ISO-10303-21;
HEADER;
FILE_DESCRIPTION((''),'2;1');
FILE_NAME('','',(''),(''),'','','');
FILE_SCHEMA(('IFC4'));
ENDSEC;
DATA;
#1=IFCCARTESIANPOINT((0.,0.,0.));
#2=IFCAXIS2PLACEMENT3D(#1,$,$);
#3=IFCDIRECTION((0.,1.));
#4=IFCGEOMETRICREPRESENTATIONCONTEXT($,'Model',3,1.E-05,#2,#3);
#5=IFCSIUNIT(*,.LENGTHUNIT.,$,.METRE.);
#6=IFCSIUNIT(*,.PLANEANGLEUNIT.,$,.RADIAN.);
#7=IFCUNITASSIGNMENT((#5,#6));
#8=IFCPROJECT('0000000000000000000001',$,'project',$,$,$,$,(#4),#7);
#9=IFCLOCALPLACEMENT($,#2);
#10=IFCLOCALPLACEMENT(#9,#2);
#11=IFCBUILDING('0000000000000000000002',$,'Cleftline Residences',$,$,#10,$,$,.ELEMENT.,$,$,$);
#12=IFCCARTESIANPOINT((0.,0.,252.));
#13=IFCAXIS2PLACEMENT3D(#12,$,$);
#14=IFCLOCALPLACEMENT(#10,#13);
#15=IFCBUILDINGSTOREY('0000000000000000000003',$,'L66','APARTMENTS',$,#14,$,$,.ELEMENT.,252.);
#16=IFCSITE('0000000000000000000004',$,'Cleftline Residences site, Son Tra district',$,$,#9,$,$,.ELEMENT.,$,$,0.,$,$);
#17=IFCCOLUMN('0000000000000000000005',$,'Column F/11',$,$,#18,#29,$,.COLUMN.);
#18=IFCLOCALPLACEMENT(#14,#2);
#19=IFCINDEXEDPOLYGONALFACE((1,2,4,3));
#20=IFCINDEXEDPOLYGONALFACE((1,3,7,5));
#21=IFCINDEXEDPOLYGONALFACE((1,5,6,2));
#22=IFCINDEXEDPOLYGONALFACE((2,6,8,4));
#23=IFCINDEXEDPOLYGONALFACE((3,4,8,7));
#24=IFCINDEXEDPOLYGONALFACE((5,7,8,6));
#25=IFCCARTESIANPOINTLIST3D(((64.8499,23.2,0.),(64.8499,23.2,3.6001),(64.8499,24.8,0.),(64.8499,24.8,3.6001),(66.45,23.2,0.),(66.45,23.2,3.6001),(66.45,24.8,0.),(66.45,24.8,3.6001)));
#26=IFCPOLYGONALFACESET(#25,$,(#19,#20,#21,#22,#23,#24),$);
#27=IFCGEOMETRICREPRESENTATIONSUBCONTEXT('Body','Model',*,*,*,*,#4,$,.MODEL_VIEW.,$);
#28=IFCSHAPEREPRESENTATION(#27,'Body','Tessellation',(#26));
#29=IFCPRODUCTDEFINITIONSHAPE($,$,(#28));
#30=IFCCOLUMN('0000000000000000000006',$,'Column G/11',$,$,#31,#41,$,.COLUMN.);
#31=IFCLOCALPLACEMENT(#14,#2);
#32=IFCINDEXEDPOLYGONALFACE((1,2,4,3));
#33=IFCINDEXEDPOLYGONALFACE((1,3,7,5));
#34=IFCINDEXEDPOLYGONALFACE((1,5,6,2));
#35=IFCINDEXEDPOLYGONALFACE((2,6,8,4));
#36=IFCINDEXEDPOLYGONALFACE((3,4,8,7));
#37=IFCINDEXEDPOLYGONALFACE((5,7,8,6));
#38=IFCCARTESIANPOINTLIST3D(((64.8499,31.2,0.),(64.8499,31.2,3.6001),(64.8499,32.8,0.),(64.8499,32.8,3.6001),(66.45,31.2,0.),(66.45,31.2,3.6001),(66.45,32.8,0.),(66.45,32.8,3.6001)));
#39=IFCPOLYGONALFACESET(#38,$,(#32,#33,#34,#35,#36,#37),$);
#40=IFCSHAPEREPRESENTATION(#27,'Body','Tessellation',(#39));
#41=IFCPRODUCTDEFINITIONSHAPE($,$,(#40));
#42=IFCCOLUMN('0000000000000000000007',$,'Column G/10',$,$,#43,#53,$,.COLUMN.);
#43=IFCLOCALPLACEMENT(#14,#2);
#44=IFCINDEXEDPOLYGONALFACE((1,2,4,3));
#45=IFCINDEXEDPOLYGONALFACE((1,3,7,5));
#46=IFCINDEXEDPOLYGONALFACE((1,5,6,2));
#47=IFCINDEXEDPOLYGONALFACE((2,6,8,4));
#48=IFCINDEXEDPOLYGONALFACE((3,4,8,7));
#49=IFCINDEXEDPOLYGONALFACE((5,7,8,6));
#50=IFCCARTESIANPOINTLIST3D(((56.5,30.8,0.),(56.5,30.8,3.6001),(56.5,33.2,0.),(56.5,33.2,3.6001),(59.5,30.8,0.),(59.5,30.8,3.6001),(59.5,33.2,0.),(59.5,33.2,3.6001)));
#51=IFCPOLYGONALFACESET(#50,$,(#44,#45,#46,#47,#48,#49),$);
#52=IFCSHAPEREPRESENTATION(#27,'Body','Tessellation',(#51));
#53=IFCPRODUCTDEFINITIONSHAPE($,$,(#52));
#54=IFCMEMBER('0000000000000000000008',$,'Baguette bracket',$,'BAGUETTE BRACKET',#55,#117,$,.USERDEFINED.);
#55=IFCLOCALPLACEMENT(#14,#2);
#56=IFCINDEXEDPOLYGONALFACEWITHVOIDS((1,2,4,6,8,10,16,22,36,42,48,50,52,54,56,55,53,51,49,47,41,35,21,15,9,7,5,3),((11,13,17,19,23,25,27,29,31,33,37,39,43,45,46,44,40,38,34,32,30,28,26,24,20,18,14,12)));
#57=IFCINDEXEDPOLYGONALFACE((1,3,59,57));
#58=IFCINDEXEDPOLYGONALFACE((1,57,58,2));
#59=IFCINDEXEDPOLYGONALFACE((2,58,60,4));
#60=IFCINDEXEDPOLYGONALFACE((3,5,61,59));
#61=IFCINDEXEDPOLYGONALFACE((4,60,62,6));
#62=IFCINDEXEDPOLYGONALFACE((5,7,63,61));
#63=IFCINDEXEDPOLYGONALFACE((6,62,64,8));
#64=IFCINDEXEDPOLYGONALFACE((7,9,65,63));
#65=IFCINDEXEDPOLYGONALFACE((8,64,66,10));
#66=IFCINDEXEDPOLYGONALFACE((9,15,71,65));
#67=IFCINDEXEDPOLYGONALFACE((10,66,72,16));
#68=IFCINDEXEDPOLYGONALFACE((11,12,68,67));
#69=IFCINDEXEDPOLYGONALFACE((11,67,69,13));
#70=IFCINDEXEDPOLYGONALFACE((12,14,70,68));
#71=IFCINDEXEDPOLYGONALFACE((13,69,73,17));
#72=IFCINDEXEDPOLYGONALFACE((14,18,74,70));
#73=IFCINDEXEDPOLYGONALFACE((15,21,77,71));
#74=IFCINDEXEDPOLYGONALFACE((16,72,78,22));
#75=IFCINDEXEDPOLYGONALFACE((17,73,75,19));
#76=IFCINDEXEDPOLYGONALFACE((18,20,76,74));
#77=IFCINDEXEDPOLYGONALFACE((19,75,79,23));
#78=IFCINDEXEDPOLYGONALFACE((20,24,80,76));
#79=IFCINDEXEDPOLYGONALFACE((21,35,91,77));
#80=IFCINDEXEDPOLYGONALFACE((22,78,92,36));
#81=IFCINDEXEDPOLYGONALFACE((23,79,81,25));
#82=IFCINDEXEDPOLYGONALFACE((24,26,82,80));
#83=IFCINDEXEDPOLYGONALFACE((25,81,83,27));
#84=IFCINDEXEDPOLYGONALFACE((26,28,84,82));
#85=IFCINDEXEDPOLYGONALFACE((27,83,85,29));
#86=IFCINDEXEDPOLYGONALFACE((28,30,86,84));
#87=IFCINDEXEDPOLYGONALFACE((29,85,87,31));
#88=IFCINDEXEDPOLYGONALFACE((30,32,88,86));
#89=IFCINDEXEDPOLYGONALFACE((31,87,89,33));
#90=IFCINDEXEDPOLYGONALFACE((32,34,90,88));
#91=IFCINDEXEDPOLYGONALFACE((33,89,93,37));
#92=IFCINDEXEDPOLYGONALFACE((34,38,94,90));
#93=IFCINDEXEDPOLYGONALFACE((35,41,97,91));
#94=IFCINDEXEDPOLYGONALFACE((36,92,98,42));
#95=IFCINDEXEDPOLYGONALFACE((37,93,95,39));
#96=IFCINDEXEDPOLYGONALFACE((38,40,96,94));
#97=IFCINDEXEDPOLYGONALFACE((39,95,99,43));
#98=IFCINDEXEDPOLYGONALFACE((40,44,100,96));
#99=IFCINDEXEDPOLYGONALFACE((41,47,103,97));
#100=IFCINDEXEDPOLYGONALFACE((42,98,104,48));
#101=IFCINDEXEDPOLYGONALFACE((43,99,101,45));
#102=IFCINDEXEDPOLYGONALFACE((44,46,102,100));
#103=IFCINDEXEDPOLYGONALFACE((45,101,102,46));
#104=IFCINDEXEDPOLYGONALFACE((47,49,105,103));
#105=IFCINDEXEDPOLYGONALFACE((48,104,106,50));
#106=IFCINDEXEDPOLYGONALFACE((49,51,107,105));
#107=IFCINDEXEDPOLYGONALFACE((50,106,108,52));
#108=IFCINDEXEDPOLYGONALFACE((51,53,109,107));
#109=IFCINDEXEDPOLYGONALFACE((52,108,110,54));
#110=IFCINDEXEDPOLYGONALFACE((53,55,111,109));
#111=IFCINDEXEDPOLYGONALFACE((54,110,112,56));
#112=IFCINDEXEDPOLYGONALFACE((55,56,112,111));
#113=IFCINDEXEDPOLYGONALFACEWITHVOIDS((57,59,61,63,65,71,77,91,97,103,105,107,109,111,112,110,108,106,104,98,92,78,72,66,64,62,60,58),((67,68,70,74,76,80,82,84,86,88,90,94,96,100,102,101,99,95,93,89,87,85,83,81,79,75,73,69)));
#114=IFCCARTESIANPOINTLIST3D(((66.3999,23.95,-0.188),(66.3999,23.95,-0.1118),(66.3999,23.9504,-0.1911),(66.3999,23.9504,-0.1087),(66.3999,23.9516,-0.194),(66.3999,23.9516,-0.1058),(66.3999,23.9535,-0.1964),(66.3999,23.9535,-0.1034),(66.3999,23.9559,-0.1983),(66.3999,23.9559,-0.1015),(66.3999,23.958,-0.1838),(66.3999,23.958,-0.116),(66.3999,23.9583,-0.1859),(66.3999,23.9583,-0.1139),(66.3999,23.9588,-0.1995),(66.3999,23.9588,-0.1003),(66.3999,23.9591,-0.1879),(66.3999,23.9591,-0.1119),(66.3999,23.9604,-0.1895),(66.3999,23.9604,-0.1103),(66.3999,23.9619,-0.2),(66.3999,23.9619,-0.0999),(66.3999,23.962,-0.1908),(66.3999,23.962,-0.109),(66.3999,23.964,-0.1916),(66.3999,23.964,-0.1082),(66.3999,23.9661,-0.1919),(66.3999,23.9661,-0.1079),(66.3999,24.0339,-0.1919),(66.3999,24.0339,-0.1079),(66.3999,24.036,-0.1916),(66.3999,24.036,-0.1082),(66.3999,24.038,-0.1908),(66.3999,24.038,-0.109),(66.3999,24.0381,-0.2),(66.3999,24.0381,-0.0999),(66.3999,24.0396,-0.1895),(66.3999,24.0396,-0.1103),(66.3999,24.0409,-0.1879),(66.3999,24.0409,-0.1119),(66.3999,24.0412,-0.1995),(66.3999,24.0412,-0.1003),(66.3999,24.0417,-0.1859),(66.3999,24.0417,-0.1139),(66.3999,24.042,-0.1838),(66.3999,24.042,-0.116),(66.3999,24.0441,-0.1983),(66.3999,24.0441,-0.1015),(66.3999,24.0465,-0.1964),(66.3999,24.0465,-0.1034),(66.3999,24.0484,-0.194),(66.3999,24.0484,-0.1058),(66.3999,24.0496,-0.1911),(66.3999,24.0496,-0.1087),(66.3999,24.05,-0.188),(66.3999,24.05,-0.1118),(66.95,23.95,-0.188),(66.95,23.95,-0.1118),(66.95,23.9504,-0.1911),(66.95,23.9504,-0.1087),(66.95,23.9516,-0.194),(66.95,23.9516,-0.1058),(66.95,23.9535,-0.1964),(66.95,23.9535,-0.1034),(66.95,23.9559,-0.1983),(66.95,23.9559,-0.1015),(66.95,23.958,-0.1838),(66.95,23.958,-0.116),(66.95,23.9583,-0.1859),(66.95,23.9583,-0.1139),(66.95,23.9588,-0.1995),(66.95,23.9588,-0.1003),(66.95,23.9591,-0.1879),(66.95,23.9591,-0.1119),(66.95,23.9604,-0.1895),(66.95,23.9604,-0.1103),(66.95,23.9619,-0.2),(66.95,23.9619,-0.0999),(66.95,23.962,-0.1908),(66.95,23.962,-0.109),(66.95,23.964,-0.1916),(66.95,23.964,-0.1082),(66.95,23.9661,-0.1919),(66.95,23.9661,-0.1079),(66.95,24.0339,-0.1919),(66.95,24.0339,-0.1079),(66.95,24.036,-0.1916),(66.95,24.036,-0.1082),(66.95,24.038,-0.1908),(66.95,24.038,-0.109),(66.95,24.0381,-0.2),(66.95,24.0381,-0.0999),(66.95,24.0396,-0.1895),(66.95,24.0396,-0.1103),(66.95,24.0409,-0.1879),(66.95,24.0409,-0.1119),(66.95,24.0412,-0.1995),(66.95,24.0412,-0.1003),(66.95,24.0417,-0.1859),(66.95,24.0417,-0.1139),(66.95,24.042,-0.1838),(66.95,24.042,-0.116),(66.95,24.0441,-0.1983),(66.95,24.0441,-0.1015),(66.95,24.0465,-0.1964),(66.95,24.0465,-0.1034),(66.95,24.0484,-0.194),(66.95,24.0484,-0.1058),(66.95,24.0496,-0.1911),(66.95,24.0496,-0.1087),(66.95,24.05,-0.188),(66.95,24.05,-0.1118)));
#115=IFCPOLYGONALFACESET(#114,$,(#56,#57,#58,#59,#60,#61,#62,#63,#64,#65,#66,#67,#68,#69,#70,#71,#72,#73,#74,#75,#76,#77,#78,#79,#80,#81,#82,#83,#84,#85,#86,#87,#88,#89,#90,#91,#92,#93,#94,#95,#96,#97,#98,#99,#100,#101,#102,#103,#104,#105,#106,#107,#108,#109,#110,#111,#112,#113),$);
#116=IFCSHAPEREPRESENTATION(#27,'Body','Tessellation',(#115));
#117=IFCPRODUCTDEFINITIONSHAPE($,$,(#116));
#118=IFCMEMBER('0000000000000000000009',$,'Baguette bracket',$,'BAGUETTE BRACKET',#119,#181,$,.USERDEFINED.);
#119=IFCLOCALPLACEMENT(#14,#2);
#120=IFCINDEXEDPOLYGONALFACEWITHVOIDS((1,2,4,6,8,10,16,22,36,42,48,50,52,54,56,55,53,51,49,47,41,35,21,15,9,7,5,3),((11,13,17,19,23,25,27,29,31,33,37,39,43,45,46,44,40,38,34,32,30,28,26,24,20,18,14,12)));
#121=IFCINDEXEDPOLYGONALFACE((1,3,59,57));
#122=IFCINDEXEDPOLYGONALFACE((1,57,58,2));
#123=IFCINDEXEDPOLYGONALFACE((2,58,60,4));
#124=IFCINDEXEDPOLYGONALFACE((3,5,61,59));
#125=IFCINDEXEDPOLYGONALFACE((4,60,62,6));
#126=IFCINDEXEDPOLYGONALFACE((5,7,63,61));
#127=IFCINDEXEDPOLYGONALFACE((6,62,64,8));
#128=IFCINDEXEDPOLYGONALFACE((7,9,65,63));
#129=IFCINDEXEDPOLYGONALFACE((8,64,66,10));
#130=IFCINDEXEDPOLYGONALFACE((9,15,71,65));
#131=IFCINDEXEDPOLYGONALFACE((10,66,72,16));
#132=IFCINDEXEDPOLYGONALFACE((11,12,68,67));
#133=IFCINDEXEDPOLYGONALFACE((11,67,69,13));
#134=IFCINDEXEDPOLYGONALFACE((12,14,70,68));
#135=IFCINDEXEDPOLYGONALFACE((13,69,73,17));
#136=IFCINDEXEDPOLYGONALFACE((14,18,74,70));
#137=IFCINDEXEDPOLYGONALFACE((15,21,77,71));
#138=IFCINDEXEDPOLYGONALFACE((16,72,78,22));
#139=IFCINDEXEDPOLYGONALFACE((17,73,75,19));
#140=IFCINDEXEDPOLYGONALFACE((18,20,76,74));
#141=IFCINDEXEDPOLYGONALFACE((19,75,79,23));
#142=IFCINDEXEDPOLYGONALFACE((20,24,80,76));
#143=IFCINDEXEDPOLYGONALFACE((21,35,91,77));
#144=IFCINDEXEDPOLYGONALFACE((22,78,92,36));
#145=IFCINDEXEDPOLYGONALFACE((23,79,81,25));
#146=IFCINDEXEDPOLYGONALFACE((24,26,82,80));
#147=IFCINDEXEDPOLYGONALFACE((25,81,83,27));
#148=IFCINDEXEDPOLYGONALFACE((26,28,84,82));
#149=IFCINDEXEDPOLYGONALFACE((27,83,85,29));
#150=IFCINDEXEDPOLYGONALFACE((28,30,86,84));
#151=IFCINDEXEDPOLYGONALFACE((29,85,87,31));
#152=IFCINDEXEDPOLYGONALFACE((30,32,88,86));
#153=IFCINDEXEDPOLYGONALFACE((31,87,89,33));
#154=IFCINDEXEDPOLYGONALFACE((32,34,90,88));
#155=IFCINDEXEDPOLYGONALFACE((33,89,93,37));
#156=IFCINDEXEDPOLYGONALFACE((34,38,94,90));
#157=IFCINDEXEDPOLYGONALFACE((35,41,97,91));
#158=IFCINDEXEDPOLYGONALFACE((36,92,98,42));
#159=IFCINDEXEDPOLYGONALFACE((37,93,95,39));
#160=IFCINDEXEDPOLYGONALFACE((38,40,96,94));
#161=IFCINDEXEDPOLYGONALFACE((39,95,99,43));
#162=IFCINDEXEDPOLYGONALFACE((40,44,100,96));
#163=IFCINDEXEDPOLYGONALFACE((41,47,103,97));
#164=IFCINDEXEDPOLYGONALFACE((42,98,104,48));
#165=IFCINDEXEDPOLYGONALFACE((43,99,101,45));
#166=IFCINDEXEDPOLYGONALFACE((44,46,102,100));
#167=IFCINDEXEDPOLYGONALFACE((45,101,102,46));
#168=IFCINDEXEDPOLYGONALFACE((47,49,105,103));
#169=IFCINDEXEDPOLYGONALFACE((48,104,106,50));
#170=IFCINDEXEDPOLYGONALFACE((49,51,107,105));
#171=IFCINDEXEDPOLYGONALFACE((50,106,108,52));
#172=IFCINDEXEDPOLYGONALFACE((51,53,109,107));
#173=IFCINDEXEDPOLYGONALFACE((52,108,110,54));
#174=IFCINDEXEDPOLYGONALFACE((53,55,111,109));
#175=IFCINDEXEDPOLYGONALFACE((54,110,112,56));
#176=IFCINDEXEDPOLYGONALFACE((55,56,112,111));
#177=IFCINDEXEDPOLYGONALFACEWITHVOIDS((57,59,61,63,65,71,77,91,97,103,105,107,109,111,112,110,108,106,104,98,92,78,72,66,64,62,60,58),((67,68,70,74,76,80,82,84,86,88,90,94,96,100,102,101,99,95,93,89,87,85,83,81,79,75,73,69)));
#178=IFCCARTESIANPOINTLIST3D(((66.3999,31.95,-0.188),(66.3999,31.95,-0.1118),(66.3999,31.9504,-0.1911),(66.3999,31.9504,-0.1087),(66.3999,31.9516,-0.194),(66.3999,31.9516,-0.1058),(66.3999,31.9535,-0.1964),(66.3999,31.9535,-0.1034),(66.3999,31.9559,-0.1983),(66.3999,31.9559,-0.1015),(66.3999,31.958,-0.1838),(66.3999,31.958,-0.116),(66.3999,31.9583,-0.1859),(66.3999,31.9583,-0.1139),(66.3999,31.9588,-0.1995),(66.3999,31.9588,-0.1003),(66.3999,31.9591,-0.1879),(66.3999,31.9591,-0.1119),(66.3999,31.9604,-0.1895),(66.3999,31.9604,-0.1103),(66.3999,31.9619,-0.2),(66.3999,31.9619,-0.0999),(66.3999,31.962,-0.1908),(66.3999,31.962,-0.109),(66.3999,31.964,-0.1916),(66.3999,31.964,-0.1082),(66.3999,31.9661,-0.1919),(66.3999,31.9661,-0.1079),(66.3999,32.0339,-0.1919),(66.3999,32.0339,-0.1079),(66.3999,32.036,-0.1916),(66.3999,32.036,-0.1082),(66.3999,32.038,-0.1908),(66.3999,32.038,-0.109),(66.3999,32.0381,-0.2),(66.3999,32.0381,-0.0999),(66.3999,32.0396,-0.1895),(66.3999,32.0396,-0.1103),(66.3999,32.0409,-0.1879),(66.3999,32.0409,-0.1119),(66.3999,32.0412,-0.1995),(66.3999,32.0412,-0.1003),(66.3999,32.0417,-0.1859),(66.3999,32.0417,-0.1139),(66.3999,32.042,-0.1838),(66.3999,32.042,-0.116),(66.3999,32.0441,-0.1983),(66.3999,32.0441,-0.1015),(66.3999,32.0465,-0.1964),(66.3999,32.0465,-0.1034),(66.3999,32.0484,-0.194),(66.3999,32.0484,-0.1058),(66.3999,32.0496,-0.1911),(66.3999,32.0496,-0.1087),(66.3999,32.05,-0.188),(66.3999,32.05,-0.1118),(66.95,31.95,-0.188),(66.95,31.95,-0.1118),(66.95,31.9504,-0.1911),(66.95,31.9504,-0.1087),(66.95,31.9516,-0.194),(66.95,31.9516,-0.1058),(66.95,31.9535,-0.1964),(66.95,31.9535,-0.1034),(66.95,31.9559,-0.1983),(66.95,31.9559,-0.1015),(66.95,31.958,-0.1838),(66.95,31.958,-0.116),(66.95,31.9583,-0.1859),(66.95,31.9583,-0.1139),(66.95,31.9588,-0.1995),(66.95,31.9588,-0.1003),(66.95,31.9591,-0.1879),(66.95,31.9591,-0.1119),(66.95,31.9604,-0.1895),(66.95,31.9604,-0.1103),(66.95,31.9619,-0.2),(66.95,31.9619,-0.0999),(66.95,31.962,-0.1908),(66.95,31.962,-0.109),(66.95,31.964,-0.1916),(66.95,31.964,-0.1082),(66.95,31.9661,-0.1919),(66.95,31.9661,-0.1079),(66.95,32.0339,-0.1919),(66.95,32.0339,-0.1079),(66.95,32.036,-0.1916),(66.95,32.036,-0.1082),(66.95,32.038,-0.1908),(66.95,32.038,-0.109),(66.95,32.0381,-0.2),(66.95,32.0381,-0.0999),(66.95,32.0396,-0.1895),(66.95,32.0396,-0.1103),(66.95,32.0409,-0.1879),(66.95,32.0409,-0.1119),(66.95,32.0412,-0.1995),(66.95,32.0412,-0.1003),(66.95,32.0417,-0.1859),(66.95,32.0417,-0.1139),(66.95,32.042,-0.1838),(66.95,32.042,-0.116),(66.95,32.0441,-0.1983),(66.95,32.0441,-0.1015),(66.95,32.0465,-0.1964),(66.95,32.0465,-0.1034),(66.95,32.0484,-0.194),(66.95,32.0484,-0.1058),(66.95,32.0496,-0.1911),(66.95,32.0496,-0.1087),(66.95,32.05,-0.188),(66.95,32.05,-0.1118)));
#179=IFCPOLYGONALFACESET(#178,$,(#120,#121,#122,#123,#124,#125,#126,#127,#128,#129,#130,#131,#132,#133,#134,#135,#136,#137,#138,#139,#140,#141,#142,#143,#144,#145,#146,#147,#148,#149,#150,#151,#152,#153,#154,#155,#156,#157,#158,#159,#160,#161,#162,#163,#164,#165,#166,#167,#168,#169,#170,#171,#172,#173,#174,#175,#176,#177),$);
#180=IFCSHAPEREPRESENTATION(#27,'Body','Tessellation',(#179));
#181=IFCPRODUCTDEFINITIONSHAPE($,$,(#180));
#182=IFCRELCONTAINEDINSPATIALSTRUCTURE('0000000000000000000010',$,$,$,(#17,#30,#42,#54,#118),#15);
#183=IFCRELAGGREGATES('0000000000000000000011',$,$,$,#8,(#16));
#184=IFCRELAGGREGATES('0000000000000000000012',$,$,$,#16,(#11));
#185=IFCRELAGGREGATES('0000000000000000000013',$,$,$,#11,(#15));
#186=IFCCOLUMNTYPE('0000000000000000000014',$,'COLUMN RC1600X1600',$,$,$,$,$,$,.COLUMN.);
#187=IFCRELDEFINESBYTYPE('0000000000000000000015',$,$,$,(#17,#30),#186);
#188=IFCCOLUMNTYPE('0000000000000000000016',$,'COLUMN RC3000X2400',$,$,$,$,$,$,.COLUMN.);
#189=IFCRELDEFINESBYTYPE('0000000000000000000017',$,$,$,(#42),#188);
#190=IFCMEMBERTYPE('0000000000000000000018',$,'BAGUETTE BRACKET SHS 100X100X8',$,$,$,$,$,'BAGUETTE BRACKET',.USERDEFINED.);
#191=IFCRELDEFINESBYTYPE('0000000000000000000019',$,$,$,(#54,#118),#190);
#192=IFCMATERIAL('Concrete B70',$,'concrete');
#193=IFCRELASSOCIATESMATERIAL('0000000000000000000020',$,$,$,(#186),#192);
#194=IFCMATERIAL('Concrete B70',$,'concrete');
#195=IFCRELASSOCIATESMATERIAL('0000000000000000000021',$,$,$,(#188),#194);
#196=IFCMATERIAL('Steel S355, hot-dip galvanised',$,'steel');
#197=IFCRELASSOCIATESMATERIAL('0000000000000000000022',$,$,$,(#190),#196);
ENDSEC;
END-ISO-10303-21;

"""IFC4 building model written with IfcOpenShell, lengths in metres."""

from ifc_helpers import new_model, si_unit, direction, frame, origin, origin_2d, place, context, subcontext, project, spatial, rectangle, hollow_rectangle, extrude, material, material_profile, profile_set, type_object, element, save


model = new_model("IFC4")

# Units and contexts
model_context = context("Model", 3, precision=1e-05, world=origin(), true_north=direction((0.0, 1.0)))
body_context = subcontext(model_context, "Body", "Model", "MODEL_VIEW")
ifc_project = project(units=[si_unit("LENGTHUNIT", "METRE"), si_unit("PLANEANGLEUNIT", "RADIAN")], contexts=[model_context])

# Site, building, storey
site_placement = place(None, origin())
site = spatial("IfcSite", under=ifc_project, at=site_placement, Name="Cleftline Residences site, Son Tra district", CompositionType="ELEMENT", RefElevation=0.0)
building_placement = place(site_placement, origin())
building = spatial("IfcBuilding", under=site, at=building_placement, Name="Cleftline Residences", CompositionType="ELEMENT")
storey_placement = place(building_placement, frame((0.0, 0.0, 252.0)))
storey = spatial("IfcBuildingStorey", under=building, at=storey_placement, Name="L66", Description="APARTMENTS", CompositionType="ELEMENT", Elevation=252.0)

# Columns
ifc_material_1 = material(Name="Concrete B70", Category="concrete")
ifc_material_profile_1 = material_profile(ifc_material_1, rectangle(XDim=1.6001, YDim=1.6001, at=origin_2d()))
ifc_profile_set_1 = profile_set([ifc_material_profile_1], Name="Concrete B70")
column_type_1 = type_object("IfcColumnType", Name="COLUMN RC1600X1600", PredefinedType="COLUMN", material=ifc_profile_set_1)
for number, where, z_axis, x_axis, name in (
    (1, (65.6499, 24.0, 0.0), (0.0, 0.0, 1.0), (1.0, 0.0, 0.0), "Column F/11"),
    (2, (65.6499, 32.0, 0.0), (0.0, 0.0, 1.0), (1.0, 0.0, 0.0), "Column G/11"),
):
    element("IfcColumn", number, at=place(storey_placement, frame(where, z_axis=z_axis, x_axis=x_axis)), inside=storey, type_object=column_type_1, Name=name, PredefinedType="COLUMN", context=body_context, shape_type="SweptSolid", body=[
        extrude(rectangle(XDim=1.6001, YDim=1.6001, at=origin_2d()), origin(), (0.0, 0.0, 1.0), 3.6001),
    ])
ifc_material_2 = material(Name="Concrete B70", Category="concrete")
ifc_material_profile_2 = material_profile(ifc_material_2, rectangle(XDim=3.0, YDim=2.3999, at=origin_2d()))
ifc_profile_set_2 = profile_set([ifc_material_profile_2], Name="Concrete B70")
column_type_2 = type_object("IfcColumnType", Name="COLUMN RC3000X2400", PredefinedType="COLUMN", material=ifc_profile_set_2)
column_placement = place(storey_placement, frame((58.0, 32.0, 0.0), z_axis=(0.0, 0.0, 1.0), x_axis=(1.0, 0.0, 0.0)))
element("IfcColumn", 3, at=column_placement, inside=storey, type_object=column_type_2, Name="Column G/10", PredefinedType="COLUMN", context=body_context, shape_type="SweptSolid", body=[
    extrude(rectangle(XDim=3.0, YDim=2.3999, at=origin_2d()), origin(), (0.0, 0.0, 1.0), 3.6001),
])

# Members
ifc_material_3 = material(Name="Steel S355, hot-dip galvanised", Category="steel")
ifc_material_profile_3 = material_profile(ifc_material_3, hollow_rectangle(XDim=0.1001, YDim=0.1001, WallThickness=0.0081, InnerFilletRadius=0.0081, OuterFilletRadius=0.012, at=origin_2d()))
ifc_profile_set_3 = profile_set([ifc_material_profile_3], Name="Steel S355, hot-dip galvanised")
member_type_1 = type_object("IfcMemberType", Name="BAGUETTE BRACKET SHS 100X100X8", ElementType="BAGUETTE BRACKET", PredefinedType="USERDEFINED", material=ifc_profile_set_3)
for number, where, z_axis, x_axis, name in (
    (4, (66.3999, 24.0, -0.1499), (1.0, 0.0, 0.0), (0.0, 1.0, 0.0), "Baguette bracket"),
    (5, (66.3999, 32.0, -0.1499), (1.0, 0.0, 0.0), (0.0, 1.0, 0.0), "Baguette bracket"),
):
    element("IfcMember", number, at=place(storey_placement, frame(where, z_axis=z_axis, x_axis=x_axis)), inside=storey, type_object=member_type_1, Name=name, ObjectType="BAGUETTE BRACKET", PredefinedType="USERDEFINED", context=body_context, shape_type="SweptSolid", body=[
        extrude(hollow_rectangle(XDim=0.1001, YDim=0.1001, WallThickness=0.0081, InnerFilletRadius=0.0081, OuterFilletRadius=0.012, at=origin_2d()), origin(), (0.0, 0.0, 1.0), 0.55),
    ])

save(model, "model.ifc")
